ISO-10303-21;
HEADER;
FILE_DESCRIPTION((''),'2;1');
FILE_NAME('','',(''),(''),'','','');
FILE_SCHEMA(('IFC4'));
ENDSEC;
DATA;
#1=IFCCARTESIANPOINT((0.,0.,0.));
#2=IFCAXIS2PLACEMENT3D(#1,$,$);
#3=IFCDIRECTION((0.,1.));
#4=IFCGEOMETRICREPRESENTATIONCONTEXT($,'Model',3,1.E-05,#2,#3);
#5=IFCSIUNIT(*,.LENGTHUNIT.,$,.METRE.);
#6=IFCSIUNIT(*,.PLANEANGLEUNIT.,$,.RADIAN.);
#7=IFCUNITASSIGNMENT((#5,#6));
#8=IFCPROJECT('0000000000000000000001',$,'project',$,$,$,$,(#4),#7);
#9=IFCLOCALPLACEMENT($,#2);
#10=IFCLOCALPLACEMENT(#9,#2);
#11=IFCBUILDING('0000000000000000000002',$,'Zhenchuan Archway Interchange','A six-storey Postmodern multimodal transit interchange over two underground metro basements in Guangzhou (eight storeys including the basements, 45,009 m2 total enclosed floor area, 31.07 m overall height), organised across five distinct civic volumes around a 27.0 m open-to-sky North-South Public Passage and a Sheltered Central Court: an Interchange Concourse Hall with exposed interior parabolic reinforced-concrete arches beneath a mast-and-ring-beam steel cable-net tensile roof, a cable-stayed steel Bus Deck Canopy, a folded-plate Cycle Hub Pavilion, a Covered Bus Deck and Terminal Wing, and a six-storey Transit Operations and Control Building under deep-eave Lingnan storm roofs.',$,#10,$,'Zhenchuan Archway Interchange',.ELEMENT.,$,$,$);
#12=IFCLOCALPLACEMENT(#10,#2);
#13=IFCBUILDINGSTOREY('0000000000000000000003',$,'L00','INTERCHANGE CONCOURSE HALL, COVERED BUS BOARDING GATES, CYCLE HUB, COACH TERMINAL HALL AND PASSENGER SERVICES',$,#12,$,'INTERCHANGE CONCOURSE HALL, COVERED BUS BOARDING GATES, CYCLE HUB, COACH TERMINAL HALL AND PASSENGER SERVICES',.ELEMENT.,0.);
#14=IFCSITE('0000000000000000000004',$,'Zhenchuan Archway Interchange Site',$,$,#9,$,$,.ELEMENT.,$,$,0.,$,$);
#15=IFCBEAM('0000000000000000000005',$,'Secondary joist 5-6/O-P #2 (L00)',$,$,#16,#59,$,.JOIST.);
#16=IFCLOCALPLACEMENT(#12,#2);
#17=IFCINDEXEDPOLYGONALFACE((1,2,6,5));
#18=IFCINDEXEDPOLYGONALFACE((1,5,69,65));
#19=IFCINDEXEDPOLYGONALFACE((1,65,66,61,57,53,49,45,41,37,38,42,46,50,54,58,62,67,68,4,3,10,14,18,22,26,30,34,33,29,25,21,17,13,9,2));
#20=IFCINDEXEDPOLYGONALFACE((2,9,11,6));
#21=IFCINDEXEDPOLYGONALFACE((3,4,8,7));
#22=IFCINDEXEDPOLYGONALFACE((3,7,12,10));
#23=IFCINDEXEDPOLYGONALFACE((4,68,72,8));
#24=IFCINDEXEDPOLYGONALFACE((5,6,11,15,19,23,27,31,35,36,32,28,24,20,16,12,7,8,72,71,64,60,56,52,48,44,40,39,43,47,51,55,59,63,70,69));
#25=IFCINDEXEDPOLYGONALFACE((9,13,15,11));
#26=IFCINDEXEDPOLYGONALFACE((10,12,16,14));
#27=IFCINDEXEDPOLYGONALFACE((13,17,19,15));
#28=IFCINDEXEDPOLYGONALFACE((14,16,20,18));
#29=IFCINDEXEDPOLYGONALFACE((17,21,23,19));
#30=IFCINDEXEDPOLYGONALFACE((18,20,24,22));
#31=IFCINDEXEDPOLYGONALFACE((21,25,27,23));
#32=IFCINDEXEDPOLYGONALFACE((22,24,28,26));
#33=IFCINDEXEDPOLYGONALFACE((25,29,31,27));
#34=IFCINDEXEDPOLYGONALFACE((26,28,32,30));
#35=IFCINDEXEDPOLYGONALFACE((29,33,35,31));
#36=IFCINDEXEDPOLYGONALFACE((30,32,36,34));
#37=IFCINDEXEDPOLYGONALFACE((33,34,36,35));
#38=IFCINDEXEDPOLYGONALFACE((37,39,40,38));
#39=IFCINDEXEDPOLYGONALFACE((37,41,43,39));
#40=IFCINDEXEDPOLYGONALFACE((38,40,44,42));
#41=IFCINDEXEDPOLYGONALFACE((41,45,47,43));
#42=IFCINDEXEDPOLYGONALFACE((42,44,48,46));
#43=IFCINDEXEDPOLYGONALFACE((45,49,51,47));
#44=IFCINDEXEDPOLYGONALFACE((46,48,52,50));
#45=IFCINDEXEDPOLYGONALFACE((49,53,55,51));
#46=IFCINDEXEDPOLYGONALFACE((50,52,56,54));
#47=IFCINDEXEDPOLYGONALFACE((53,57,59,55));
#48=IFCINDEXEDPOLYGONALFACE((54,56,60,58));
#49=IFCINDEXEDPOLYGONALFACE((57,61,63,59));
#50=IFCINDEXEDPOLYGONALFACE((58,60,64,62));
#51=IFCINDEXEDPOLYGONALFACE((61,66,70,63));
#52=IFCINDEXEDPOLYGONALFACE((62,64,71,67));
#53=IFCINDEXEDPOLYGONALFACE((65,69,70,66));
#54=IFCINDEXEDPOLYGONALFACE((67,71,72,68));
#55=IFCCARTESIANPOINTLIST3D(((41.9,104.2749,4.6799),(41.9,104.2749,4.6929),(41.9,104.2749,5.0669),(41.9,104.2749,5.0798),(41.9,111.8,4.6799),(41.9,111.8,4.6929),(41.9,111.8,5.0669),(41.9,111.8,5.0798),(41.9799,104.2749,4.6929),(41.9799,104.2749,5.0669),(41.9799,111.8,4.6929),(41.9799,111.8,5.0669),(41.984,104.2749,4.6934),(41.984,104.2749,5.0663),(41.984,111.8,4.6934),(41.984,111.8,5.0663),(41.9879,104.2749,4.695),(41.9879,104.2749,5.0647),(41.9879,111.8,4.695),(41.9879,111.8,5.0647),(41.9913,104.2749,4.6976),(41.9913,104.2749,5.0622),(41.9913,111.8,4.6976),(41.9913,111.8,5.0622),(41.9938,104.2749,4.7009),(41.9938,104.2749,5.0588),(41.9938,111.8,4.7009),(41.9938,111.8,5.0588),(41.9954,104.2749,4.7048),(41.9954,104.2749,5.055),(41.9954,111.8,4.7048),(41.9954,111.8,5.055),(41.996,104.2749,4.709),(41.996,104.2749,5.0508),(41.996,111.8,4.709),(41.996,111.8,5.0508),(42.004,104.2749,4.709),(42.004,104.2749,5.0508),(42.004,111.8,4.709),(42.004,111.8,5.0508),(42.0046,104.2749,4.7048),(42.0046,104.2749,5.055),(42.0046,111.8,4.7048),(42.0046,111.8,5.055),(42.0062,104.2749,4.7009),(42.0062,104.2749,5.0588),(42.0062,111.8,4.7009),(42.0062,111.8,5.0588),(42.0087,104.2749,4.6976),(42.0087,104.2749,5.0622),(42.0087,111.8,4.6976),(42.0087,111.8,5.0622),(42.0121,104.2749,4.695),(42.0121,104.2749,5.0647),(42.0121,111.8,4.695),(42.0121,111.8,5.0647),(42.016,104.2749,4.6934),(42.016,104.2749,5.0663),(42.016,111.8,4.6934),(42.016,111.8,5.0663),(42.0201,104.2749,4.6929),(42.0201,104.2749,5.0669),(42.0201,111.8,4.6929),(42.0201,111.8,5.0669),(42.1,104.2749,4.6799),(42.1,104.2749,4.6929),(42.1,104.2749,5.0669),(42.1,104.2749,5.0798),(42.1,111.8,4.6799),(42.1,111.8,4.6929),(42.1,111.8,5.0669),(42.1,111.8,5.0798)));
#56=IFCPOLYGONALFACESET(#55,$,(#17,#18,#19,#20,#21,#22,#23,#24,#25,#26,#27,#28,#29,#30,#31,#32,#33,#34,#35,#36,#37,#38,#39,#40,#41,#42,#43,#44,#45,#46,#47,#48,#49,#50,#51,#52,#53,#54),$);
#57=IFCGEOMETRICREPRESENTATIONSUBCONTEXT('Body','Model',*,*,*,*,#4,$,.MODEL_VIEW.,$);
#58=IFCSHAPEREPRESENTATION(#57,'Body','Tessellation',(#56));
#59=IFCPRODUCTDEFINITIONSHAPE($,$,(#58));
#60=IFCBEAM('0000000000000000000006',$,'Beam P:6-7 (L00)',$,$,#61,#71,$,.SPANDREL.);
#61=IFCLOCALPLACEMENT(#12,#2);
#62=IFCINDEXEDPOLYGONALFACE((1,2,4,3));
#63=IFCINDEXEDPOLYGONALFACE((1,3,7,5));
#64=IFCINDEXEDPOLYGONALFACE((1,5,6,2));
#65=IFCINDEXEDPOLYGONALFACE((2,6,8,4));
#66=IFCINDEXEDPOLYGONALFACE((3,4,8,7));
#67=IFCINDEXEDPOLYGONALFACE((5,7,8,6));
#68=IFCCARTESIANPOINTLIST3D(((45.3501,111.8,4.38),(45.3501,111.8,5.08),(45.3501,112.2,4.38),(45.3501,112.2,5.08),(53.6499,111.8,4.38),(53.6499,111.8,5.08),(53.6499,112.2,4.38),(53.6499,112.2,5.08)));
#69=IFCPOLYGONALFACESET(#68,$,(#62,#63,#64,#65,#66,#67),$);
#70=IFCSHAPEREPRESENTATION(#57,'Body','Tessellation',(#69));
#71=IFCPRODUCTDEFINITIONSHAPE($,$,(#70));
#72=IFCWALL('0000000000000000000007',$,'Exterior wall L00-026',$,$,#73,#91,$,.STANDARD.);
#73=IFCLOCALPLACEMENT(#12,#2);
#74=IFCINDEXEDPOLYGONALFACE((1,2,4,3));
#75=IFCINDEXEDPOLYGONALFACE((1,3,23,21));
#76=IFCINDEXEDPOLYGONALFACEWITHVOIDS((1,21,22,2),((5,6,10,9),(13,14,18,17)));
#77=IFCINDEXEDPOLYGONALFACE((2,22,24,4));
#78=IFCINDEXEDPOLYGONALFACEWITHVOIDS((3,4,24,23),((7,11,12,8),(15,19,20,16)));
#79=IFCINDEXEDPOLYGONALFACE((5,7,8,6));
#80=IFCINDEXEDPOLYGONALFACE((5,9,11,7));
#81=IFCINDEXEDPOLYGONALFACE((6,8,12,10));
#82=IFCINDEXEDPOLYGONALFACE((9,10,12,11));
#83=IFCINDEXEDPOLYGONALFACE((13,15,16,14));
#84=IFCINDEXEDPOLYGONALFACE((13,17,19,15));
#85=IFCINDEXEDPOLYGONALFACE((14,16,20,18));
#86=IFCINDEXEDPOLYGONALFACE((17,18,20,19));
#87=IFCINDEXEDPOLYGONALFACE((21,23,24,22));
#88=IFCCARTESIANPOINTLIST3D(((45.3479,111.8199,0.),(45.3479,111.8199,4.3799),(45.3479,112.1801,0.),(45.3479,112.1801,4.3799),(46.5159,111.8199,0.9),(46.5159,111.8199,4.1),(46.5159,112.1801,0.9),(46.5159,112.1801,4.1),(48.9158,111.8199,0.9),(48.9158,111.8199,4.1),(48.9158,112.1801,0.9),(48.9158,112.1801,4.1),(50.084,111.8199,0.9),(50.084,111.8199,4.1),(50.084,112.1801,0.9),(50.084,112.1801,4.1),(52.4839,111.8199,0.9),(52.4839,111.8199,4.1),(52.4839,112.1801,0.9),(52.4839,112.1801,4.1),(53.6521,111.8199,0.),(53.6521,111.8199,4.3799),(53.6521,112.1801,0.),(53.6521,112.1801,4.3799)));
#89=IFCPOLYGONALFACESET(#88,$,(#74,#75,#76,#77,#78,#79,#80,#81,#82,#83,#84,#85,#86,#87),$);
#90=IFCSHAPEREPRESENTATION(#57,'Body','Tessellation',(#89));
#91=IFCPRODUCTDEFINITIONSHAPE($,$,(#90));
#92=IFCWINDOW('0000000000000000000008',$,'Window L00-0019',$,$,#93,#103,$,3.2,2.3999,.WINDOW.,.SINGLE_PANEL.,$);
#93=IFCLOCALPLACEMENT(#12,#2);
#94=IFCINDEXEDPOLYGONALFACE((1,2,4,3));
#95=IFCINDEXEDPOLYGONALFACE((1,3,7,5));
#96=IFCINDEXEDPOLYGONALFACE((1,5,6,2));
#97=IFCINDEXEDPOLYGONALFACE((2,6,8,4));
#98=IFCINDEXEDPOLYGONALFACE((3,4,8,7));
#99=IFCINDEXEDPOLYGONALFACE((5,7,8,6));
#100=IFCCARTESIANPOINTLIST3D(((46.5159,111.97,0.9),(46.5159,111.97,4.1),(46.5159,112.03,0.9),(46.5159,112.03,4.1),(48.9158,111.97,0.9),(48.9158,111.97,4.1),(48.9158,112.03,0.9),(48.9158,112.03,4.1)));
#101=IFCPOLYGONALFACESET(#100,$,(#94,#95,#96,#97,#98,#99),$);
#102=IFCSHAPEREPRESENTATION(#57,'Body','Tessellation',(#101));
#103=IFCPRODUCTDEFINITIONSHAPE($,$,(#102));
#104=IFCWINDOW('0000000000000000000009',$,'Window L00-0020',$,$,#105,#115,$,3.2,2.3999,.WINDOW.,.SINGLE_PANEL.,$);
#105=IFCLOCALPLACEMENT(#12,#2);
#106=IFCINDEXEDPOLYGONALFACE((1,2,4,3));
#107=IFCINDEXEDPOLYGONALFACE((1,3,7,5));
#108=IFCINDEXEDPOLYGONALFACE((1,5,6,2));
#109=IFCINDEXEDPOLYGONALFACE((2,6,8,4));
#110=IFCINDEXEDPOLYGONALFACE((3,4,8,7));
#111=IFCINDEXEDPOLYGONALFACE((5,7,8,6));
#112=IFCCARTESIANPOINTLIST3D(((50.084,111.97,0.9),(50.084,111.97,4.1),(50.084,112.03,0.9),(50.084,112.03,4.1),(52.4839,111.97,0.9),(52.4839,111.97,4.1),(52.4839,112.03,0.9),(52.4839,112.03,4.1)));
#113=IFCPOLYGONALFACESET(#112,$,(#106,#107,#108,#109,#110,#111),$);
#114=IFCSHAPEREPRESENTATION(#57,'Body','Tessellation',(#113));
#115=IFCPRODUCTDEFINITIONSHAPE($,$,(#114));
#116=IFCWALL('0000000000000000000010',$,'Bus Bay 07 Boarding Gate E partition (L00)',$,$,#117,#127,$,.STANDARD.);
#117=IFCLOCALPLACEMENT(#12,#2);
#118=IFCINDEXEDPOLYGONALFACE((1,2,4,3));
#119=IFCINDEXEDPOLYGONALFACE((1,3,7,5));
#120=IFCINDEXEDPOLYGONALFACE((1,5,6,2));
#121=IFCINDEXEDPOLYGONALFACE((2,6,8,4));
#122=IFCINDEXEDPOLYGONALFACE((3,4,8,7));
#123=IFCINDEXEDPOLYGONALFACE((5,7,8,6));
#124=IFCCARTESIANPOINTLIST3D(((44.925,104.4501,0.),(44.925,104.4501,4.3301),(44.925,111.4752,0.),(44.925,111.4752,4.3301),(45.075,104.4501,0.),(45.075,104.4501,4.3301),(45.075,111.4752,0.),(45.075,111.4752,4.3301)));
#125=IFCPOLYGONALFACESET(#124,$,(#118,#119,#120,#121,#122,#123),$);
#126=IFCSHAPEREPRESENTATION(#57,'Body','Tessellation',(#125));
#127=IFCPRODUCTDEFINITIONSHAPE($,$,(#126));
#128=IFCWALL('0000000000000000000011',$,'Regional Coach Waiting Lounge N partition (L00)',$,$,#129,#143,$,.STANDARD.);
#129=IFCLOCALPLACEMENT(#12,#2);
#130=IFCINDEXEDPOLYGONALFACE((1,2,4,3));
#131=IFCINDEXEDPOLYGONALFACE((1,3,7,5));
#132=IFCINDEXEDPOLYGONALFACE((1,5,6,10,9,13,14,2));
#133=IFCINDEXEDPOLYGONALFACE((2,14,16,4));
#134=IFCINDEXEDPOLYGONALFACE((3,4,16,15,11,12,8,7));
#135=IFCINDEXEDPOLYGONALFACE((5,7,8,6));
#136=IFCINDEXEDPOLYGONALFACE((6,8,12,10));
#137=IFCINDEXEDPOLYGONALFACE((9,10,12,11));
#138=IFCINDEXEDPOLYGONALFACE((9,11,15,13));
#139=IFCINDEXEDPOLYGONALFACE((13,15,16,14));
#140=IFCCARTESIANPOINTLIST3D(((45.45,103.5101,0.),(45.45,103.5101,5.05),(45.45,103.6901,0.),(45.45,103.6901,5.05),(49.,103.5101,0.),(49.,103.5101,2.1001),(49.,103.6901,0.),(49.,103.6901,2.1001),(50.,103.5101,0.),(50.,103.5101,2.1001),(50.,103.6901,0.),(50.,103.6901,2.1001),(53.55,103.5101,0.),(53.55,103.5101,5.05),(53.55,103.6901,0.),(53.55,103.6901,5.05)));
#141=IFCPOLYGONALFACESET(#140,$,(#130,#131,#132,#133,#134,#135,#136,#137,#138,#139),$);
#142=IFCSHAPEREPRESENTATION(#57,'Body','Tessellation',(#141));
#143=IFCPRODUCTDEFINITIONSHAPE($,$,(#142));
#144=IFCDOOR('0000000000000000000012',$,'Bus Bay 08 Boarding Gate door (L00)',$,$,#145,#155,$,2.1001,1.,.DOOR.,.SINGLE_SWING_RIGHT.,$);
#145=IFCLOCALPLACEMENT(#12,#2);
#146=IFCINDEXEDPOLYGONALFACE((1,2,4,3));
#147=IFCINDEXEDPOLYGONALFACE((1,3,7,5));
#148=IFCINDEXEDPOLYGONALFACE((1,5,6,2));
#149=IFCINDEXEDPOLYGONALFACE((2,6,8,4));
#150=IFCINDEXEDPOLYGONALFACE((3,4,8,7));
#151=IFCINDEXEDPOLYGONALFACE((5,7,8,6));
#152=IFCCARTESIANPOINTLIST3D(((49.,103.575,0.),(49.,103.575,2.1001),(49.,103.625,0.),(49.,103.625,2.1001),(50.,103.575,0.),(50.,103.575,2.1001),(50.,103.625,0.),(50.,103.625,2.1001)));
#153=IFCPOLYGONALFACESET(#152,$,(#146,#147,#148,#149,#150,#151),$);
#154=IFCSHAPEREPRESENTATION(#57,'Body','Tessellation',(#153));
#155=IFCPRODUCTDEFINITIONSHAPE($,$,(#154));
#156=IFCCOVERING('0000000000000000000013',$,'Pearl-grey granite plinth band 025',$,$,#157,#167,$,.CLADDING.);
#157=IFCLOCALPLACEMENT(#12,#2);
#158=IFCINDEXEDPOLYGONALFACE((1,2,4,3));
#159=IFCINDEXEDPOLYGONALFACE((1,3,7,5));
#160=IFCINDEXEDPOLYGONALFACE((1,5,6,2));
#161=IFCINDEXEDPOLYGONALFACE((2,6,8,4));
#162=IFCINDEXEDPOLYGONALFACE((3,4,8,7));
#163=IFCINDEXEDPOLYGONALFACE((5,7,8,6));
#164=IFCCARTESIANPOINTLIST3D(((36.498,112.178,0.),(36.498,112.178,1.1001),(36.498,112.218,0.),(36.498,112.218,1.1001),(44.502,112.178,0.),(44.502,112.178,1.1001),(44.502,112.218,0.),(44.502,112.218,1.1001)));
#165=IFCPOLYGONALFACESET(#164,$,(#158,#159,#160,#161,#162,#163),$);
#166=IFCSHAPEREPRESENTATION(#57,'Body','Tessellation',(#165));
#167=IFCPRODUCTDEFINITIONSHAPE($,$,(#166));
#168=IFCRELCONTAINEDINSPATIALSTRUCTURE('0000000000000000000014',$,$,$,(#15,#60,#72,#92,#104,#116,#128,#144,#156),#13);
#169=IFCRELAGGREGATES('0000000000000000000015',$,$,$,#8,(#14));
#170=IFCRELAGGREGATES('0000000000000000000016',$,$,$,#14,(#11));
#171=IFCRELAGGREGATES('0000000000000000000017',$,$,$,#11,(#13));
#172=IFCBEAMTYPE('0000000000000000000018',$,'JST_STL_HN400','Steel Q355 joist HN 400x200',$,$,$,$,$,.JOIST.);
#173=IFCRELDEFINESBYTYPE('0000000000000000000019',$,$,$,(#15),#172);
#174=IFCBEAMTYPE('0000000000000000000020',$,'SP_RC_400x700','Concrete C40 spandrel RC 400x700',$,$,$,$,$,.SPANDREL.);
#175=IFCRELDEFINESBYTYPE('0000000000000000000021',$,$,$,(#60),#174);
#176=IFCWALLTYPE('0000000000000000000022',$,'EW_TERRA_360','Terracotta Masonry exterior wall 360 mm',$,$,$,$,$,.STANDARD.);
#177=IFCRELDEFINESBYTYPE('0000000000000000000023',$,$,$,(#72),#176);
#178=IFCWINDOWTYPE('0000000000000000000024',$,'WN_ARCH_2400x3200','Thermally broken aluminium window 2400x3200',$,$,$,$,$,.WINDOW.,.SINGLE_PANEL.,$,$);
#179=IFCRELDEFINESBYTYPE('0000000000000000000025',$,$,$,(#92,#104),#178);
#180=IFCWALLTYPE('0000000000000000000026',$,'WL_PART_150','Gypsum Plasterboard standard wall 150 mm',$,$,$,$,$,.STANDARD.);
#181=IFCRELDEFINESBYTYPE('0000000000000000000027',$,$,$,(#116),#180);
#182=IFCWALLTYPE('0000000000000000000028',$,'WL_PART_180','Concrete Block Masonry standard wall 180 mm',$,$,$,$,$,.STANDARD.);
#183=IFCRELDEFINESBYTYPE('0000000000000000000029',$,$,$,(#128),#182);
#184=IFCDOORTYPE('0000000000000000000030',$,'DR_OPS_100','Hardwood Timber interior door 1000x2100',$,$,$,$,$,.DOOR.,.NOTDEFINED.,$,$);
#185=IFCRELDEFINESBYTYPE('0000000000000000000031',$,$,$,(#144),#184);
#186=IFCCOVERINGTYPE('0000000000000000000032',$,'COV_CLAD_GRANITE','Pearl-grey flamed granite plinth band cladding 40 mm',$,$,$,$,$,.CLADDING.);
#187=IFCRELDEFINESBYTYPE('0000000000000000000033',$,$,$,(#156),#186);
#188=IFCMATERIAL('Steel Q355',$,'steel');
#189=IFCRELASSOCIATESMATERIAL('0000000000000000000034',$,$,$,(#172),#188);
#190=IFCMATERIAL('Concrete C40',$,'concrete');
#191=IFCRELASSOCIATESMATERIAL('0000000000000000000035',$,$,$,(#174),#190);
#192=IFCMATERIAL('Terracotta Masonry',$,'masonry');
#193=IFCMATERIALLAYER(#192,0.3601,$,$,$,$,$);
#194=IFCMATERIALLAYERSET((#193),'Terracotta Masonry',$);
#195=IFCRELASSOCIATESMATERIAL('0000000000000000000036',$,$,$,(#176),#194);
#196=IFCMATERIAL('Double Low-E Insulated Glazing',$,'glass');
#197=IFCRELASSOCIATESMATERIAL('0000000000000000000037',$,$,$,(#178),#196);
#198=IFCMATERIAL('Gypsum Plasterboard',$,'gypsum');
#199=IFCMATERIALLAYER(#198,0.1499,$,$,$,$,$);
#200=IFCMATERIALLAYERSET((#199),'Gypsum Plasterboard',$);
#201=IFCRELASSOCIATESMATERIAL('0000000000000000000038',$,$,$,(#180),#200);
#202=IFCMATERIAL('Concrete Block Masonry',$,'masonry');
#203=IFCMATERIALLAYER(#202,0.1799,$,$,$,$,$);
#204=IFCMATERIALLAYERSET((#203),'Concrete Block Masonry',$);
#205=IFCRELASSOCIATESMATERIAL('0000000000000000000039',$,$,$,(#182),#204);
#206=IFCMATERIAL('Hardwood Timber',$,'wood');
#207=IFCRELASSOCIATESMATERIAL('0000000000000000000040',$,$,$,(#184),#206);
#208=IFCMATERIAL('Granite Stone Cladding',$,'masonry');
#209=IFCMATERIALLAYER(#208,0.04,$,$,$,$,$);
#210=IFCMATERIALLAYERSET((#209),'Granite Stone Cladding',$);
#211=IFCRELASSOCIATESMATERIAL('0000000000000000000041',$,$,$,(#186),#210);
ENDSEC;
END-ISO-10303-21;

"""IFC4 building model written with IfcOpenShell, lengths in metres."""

from ifc_helpers import new_model, si_unit, direction, frame, frame_2d, origin, origin_2d, place, context, subcontext, project, spatial, rectangle, i_section, extrude, material, layer, layer_set, material_profile, profile_set, type_object, element, fill, save


model = new_model("IFC4")

# Units and contexts
model_context = context("Model", 3, precision=1e-05, world=origin(), true_north=direction((0.0, 1.0)))
body_context = subcontext(model_context, "Body", "Model", "MODEL_VIEW")
ifc_project = project(units=[si_unit("LENGTHUNIT", "METRE"), si_unit("PLANEANGLEUNIT", "RADIAN")], contexts=[model_context])

# Site, building, storey
site_placement = place(None, origin())
site = spatial("IfcSite", under=ifc_project, at=site_placement, Name="Zhenchuan Archway Interchange Site", CompositionType="ELEMENT", RefElevation=0.0)
building_placement = place(site_placement, origin())
building = spatial("IfcBuilding", under=site, at=building_placement, Name="Zhenchuan Archway Interchange", Description="A six-storey Postmodern multimodal transit interchange over two underground metro basements in Guangzhou (eight storeys including the basements, 45,009 m2 total enclosed floor area, 31.07 m overall height), organised across five distinct civic volumes around a 27.0 m open-to-sky North-South Public Passage and a Sheltered Central Court: an Interchange Concourse Hall with exposed interior parabolic reinforced-concrete arches beneath a mast-and-ring-beam steel cable-net tensile roof, a cable-stayed steel Bus Deck Canopy, a folded-plate Cycle Hub Pavilion, a Covered Bus Deck and Terminal Wing, and a six-storey Transit Operations and Control Building under deep-eave Lingnan storm roofs.", LongName="Zhenchuan Archway Interchange", CompositionType="ELEMENT")
storey_placement = place(building_placement, origin())
storey = spatial("IfcBuildingStorey", under=building, at=storey_placement, Name="L00", Description="INTERCHANGE CONCOURSE HALL, COVERED BUS BOARDING GATES, CYCLE HUB, COACH TERMINAL HALL AND PASSENGER SERVICES", LongName="INTERCHANGE CONCOURSE HALL, COVERED BUS BOARDING GATES, CYCLE HUB, COACH TERMINAL HALL AND PASSENGER SERVICES", CompositionType="ELEMENT", Elevation=0.0)

# Shared definitions
ifc_material_1 = material(Name="Concrete C40", Category="concrete")

# Beams
ifc_material_2 = material(Name="Steel Q355", Category="steel")
ifc_material_profile_1 = material_profile(ifc_material_2, i_section(OverallWidth=0.2, OverallDepth=0.3999, WebThickness=0.0081, FlangeThickness=0.0129, FilletRadius=0.0161, at=origin_2d()), Name="HN 400x200")
ifc_profile_set_1 = profile_set([ifc_material_profile_1], Name="Steel Q355")
beam_type_1 = type_object("IfcBeamType", Name="JST_STL_HN400", Description="Steel Q355 joist HN 400x200", PredefinedType="JOIST", material=ifc_profile_set_1)
for number, where, z_axis, x_axis, name in (
    (1, (42.0, 104.2749, 4.8799), (0.0, 1.0, 0.0), (-1.0, 0.0, 0.0), "Secondary joist 5-6/O-P #2 (L00)"),
):
    element("IfcBeam", number, at=place(storey_placement, frame(where, z_axis=z_axis, x_axis=x_axis)), inside=storey, type_object=beam_type_1, Name=name, PredefinedType="JOIST", context=body_context, shape_type="SweptSolid", body=[
        extrude(i_section(OverallWidth=0.2, OverallDepth=0.3999, WebThickness=0.0081, FlangeThickness=0.0129, FilletRadius=0.0161, at=origin_2d()), origin(), (0.0, 0.0, 1.0), 7.5251),
    ])
ifc_material_profile_2 = material_profile(ifc_material_1, rectangle(XDim=0.3999, YDim=0.7, at=origin_2d()), Name="RC 400x700")
ifc_profile_set_2 = profile_set([ifc_material_profile_2], Name="Concrete C40")
beam_type_2 = type_object("IfcBeamType", Name="SP_RC_400x700", Description="Concrete C40 spandrel RC 400x700", PredefinedType="SPANDREL", material=ifc_profile_set_2)
beam_1_placement = place(storey_placement, frame((45.3501, 112.0, 4.73), z_axis=(1.0, 0.0, 0.0), x_axis=(0.0, 1.0, 0.0)))
element("IfcBeam", 2, at=beam_1_placement, inside=storey, type_object=beam_type_2, Name="Beam P:6-7 (L00)", PredefinedType="SPANDREL", context=body_context, shape_type="SweptSolid", body=[
    extrude(rectangle(XDim=0.3999, YDim=0.7, at=origin_2d()), origin(), (0.0, 0.0, 1.0), 8.2998),
])

# Wall, openings, windows
ifc_material_3 = material(Name="Terracotta Masonry", Category="masonry")
ifc_layer_1 = layer(ifc_material_3, 0.3601)
ifc_layer_set_1 = layer_set([ifc_layer_1], Name="Terracotta Masonry")
wall_type_1 = type_object("IfcWallType", Name="EW_TERRA_360", Description="Terracotta Masonry exterior wall 360 mm", PredefinedType="STANDARD", material=ifc_layer_set_1)
wall_1_placement = place(storey_placement, frame((45.3479, 112.0, 0.0), z_axis=(0.0, 0.0, 1.0), x_axis=(1.0, 0.0, 0.0)))
wall_1 = element("IfcWall", 3, at=wall_1_placement, inside=storey, type_object=wall_type_1, Name="Exterior wall L00-026", PredefinedType="STANDARD", context=body_context, shape_type="SweptSolid", body=[
    extrude(rectangle(XDim=8.3042, YDim=0.3601, at=frame_2d((4.1521, 0.0))), origin(), (0.0, 0.0, 1.0), 4.3799),
])
opening_1_placement = place(wall_1_placement, frame((1.168, 0.0, 0.8999)))
opening_1 = element("IfcOpeningElement", 4, at=opening_1_placement, cuts=wall_1, PredefinedType="OPENING", context=body_context, shape_type="SweptSolid", body=[
    extrude(rectangle(XDim=2.3999, YDim=3.2, at=frame_2d((1.2, 1.6001))), frame((0.0, 0.1919, 0.0), z_axis=(0.0, -1.0, 0.0), x_axis=(1.0, 0.0, 0.0)), (0.0, 0.0, 1.0), 0.384),
])
opening_2_placement = place(wall_1_placement, frame((4.7361, 0.0, 0.8999)))
opening_2 = element("IfcOpeningElement", 5, at=opening_2_placement, cuts=wall_1, PredefinedType="OPENING", context=body_context, shape_type="SweptSolid", body=[
    extrude(rectangle(XDim=2.3999, YDim=3.2, at=frame_2d((1.2, 1.6001))), frame((0.0, 0.1919, 0.0), z_axis=(0.0, -1.0, 0.0), x_axis=(1.0, 0.0, 0.0)), (0.0, 0.0, 1.0), 0.384),
])
ifc_material_4 = material(Name="Double Low-E Insulated Glazing", Category="glass")
window_type = type_object("IfcWindowType", Name="WN_ARCH_2400x3200", Description="Thermally broken aluminium window 2400x3200", PartitioningType="SINGLE_PANEL", PredefinedType="WINDOW", material=ifc_material_4)
window_1_placement = place(opening_1_placement, origin())
window_1 = element("IfcWindow", 6, at=window_1_placement, inside=storey, type_object=window_type, Name="Window L00-0019", OverallHeight=3.2, OverallWidth=2.3999, PartitioningType="SINGLE_PANEL", PredefinedType="WINDOW", context=body_context, shape_type="SweptSolid", body=[
    extrude(rectangle(XDim=2.3999, YDim=3.2, at=frame_2d((1.2, 1.6001))), frame((0.0, 0.03, 0.0), z_axis=(0.0, -1.0, 0.0), x_axis=(1.0, 0.0, 0.0)), (0.0, 0.0, 1.0), 0.0601),
])
fill(opening_1, window_1)
window_2_placement = place(opening_2_placement, origin())
window_2 = element("IfcWindow", 7, at=window_2_placement, inside=storey, type_object=window_type, Name="Window L00-0020", OverallHeight=3.2, OverallWidth=2.3999, PartitioningType="SINGLE_PANEL", PredefinedType="WINDOW", context=body_context, shape_type="SweptSolid", body=[
    extrude(rectangle(XDim=2.3999, YDim=3.2, at=frame_2d((1.2, 1.6001))), frame((0.0, 0.03, 0.0), z_axis=(0.0, -1.0, 0.0), x_axis=(1.0, 0.0, 0.0)), (0.0, 0.0, 1.0), 0.0601),
])
fill(opening_2, window_2)

# Wall
ifc_material_5 = material(Name="Gypsum Plasterboard", Category="gypsum")
ifc_layer_2 = layer(ifc_material_5, 0.1499)
ifc_layer_set_2 = layer_set([ifc_layer_2], Name="Gypsum Plasterboard")
wall_type_2 = type_object("IfcWallType", Name="WL_PART_150", Description="Gypsum Plasterboard standard wall 150 mm", PredefinedType="STANDARD", material=ifc_layer_set_2)
wall_2_placement = place(storey_placement, frame((45.0, 104.45, 0.0), z_axis=(0.0, 0.0, 1.0), x_axis=(0.0, 1.0, 0.0)))
element("IfcWall", 8, at=wall_2_placement, inside=storey, type_object=wall_type_2, Name="Bus Bay 07 Boarding Gate E partition (L00)", PredefinedType="STANDARD", context=body_context, shape_type="SweptSolid", body=[
    extrude(rectangle(XDim=7.0251, YDim=0.1499, at=frame_2d((3.5127, 0.0))), origin(), (0.0, 0.0, 1.0), 4.3301),
])

# Wall, opening, door
ifc_material_6 = material(Name="Concrete Block Masonry", Category="masonry")
ifc_layer_3 = layer(ifc_material_6, 0.1799)
ifc_layer_set_3 = layer_set([ifc_layer_3], Name="Concrete Block Masonry")
wall_type_3 = type_object("IfcWallType", Name="WL_PART_180", Description="Concrete Block Masonry standard wall 180 mm", PredefinedType="STANDARD", material=ifc_layer_set_3)
wall_3_placement = place(storey_placement, frame((45.45, 103.6001, 0.0), z_axis=(0.0, 0.0, 1.0), x_axis=(1.0, 0.0, 0.0)))
wall_3 = element("IfcWall", 9, at=wall_3_placement, inside=storey, type_object=wall_type_3, Name="Regional Coach Waiting Lounge N partition (L00)", PredefinedType="STANDARD", context=body_context, shape_type="SweptSolid", body=[
    extrude(rectangle(XDim=8.1001, YDim=0.1799, at=frame_2d((4.05, 0.0))), origin(), (0.0, 0.0, 1.0), 5.05),
])
opening_3_placement = place(wall_3_placement, frame((3.55, 0.0, 0.0)))
opening_3 = element("IfcOpeningElement", 10, at=opening_3_placement, cuts=wall_3, PredefinedType="OPENING", context=body_context, shape_type="SweptSolid", body=[
    extrude(rectangle(XDim=1.0, YDim=2.1001, at=frame_2d((0.5, 1.05))), frame((0.0, 0.1021, 0.0), z_axis=(0.0, -1.0, 0.0), x_axis=(1.0, 0.0, 0.0)), (0.0, 0.0, 1.0), 0.2039),
])
ifc_material_7 = material(Name="Hardwood Timber", Category="wood")
door_type = type_object("IfcDoorType", Name="DR_OPS_100", Description="Hardwood Timber interior door 1000x2100", OperationType="NOTDEFINED", PredefinedType="DOOR", material=ifc_material_7)
door_placement = place(opening_3_placement, origin())
door = element("IfcDoor", 11, at=door_placement, inside=storey, type_object=door_type, Name="Bus Bay 08 Boarding Gate door (L00)", OperationType="SINGLE_SWING_RIGHT", OverallHeight=2.1001, OverallWidth=1.0, PredefinedType="DOOR", context=body_context, shape_type="SweptSolid", body=[
    extrude(rectangle(XDim=1.0, YDim=2.1001, at=frame_2d((0.5, 1.05))), frame((0.0, 0.0249, 0.0), z_axis=(0.0, -1.0, 0.0), x_axis=(1.0, 0.0, 0.0)), (0.0, 0.0, 1.0), 0.05),
])
fill(opening_3, door)

# Covering
ifc_material_8 = material(Name="Granite Stone Cladding", Category="masonry")
ifc_layer_4 = layer(ifc_material_8, 0.04)
ifc_layer_set_4 = layer_set([ifc_layer_4], Name="Granite Stone Cladding")
covering_type = type_object("IfcCoveringType", Name="COV_CLAD_GRANITE", Description="Pearl-grey flamed granite plinth band cladding 40 mm", PredefinedType="CLADDING", material=ifc_layer_set_4)
covering_placement = place(storey_placement, frame((40.5, 112.198, 0.0), z_axis=(0.0, 0.0, 1.0), x_axis=(1.0, 0.0, 0.0)))
element("IfcCovering", 12, at=covering_placement, inside=storey, type_object=covering_type, Name="Pearl-grey granite plinth band 025", PredefinedType="CLADDING", context=body_context, shape_type="SweptSolid", body=[
    extrude(rectangle(XDim=8.0039, YDim=0.04, at=origin_2d()), origin(), (0.0, 0.0, 1.0), 1.1001),
])

save(model, "model.ifc")
